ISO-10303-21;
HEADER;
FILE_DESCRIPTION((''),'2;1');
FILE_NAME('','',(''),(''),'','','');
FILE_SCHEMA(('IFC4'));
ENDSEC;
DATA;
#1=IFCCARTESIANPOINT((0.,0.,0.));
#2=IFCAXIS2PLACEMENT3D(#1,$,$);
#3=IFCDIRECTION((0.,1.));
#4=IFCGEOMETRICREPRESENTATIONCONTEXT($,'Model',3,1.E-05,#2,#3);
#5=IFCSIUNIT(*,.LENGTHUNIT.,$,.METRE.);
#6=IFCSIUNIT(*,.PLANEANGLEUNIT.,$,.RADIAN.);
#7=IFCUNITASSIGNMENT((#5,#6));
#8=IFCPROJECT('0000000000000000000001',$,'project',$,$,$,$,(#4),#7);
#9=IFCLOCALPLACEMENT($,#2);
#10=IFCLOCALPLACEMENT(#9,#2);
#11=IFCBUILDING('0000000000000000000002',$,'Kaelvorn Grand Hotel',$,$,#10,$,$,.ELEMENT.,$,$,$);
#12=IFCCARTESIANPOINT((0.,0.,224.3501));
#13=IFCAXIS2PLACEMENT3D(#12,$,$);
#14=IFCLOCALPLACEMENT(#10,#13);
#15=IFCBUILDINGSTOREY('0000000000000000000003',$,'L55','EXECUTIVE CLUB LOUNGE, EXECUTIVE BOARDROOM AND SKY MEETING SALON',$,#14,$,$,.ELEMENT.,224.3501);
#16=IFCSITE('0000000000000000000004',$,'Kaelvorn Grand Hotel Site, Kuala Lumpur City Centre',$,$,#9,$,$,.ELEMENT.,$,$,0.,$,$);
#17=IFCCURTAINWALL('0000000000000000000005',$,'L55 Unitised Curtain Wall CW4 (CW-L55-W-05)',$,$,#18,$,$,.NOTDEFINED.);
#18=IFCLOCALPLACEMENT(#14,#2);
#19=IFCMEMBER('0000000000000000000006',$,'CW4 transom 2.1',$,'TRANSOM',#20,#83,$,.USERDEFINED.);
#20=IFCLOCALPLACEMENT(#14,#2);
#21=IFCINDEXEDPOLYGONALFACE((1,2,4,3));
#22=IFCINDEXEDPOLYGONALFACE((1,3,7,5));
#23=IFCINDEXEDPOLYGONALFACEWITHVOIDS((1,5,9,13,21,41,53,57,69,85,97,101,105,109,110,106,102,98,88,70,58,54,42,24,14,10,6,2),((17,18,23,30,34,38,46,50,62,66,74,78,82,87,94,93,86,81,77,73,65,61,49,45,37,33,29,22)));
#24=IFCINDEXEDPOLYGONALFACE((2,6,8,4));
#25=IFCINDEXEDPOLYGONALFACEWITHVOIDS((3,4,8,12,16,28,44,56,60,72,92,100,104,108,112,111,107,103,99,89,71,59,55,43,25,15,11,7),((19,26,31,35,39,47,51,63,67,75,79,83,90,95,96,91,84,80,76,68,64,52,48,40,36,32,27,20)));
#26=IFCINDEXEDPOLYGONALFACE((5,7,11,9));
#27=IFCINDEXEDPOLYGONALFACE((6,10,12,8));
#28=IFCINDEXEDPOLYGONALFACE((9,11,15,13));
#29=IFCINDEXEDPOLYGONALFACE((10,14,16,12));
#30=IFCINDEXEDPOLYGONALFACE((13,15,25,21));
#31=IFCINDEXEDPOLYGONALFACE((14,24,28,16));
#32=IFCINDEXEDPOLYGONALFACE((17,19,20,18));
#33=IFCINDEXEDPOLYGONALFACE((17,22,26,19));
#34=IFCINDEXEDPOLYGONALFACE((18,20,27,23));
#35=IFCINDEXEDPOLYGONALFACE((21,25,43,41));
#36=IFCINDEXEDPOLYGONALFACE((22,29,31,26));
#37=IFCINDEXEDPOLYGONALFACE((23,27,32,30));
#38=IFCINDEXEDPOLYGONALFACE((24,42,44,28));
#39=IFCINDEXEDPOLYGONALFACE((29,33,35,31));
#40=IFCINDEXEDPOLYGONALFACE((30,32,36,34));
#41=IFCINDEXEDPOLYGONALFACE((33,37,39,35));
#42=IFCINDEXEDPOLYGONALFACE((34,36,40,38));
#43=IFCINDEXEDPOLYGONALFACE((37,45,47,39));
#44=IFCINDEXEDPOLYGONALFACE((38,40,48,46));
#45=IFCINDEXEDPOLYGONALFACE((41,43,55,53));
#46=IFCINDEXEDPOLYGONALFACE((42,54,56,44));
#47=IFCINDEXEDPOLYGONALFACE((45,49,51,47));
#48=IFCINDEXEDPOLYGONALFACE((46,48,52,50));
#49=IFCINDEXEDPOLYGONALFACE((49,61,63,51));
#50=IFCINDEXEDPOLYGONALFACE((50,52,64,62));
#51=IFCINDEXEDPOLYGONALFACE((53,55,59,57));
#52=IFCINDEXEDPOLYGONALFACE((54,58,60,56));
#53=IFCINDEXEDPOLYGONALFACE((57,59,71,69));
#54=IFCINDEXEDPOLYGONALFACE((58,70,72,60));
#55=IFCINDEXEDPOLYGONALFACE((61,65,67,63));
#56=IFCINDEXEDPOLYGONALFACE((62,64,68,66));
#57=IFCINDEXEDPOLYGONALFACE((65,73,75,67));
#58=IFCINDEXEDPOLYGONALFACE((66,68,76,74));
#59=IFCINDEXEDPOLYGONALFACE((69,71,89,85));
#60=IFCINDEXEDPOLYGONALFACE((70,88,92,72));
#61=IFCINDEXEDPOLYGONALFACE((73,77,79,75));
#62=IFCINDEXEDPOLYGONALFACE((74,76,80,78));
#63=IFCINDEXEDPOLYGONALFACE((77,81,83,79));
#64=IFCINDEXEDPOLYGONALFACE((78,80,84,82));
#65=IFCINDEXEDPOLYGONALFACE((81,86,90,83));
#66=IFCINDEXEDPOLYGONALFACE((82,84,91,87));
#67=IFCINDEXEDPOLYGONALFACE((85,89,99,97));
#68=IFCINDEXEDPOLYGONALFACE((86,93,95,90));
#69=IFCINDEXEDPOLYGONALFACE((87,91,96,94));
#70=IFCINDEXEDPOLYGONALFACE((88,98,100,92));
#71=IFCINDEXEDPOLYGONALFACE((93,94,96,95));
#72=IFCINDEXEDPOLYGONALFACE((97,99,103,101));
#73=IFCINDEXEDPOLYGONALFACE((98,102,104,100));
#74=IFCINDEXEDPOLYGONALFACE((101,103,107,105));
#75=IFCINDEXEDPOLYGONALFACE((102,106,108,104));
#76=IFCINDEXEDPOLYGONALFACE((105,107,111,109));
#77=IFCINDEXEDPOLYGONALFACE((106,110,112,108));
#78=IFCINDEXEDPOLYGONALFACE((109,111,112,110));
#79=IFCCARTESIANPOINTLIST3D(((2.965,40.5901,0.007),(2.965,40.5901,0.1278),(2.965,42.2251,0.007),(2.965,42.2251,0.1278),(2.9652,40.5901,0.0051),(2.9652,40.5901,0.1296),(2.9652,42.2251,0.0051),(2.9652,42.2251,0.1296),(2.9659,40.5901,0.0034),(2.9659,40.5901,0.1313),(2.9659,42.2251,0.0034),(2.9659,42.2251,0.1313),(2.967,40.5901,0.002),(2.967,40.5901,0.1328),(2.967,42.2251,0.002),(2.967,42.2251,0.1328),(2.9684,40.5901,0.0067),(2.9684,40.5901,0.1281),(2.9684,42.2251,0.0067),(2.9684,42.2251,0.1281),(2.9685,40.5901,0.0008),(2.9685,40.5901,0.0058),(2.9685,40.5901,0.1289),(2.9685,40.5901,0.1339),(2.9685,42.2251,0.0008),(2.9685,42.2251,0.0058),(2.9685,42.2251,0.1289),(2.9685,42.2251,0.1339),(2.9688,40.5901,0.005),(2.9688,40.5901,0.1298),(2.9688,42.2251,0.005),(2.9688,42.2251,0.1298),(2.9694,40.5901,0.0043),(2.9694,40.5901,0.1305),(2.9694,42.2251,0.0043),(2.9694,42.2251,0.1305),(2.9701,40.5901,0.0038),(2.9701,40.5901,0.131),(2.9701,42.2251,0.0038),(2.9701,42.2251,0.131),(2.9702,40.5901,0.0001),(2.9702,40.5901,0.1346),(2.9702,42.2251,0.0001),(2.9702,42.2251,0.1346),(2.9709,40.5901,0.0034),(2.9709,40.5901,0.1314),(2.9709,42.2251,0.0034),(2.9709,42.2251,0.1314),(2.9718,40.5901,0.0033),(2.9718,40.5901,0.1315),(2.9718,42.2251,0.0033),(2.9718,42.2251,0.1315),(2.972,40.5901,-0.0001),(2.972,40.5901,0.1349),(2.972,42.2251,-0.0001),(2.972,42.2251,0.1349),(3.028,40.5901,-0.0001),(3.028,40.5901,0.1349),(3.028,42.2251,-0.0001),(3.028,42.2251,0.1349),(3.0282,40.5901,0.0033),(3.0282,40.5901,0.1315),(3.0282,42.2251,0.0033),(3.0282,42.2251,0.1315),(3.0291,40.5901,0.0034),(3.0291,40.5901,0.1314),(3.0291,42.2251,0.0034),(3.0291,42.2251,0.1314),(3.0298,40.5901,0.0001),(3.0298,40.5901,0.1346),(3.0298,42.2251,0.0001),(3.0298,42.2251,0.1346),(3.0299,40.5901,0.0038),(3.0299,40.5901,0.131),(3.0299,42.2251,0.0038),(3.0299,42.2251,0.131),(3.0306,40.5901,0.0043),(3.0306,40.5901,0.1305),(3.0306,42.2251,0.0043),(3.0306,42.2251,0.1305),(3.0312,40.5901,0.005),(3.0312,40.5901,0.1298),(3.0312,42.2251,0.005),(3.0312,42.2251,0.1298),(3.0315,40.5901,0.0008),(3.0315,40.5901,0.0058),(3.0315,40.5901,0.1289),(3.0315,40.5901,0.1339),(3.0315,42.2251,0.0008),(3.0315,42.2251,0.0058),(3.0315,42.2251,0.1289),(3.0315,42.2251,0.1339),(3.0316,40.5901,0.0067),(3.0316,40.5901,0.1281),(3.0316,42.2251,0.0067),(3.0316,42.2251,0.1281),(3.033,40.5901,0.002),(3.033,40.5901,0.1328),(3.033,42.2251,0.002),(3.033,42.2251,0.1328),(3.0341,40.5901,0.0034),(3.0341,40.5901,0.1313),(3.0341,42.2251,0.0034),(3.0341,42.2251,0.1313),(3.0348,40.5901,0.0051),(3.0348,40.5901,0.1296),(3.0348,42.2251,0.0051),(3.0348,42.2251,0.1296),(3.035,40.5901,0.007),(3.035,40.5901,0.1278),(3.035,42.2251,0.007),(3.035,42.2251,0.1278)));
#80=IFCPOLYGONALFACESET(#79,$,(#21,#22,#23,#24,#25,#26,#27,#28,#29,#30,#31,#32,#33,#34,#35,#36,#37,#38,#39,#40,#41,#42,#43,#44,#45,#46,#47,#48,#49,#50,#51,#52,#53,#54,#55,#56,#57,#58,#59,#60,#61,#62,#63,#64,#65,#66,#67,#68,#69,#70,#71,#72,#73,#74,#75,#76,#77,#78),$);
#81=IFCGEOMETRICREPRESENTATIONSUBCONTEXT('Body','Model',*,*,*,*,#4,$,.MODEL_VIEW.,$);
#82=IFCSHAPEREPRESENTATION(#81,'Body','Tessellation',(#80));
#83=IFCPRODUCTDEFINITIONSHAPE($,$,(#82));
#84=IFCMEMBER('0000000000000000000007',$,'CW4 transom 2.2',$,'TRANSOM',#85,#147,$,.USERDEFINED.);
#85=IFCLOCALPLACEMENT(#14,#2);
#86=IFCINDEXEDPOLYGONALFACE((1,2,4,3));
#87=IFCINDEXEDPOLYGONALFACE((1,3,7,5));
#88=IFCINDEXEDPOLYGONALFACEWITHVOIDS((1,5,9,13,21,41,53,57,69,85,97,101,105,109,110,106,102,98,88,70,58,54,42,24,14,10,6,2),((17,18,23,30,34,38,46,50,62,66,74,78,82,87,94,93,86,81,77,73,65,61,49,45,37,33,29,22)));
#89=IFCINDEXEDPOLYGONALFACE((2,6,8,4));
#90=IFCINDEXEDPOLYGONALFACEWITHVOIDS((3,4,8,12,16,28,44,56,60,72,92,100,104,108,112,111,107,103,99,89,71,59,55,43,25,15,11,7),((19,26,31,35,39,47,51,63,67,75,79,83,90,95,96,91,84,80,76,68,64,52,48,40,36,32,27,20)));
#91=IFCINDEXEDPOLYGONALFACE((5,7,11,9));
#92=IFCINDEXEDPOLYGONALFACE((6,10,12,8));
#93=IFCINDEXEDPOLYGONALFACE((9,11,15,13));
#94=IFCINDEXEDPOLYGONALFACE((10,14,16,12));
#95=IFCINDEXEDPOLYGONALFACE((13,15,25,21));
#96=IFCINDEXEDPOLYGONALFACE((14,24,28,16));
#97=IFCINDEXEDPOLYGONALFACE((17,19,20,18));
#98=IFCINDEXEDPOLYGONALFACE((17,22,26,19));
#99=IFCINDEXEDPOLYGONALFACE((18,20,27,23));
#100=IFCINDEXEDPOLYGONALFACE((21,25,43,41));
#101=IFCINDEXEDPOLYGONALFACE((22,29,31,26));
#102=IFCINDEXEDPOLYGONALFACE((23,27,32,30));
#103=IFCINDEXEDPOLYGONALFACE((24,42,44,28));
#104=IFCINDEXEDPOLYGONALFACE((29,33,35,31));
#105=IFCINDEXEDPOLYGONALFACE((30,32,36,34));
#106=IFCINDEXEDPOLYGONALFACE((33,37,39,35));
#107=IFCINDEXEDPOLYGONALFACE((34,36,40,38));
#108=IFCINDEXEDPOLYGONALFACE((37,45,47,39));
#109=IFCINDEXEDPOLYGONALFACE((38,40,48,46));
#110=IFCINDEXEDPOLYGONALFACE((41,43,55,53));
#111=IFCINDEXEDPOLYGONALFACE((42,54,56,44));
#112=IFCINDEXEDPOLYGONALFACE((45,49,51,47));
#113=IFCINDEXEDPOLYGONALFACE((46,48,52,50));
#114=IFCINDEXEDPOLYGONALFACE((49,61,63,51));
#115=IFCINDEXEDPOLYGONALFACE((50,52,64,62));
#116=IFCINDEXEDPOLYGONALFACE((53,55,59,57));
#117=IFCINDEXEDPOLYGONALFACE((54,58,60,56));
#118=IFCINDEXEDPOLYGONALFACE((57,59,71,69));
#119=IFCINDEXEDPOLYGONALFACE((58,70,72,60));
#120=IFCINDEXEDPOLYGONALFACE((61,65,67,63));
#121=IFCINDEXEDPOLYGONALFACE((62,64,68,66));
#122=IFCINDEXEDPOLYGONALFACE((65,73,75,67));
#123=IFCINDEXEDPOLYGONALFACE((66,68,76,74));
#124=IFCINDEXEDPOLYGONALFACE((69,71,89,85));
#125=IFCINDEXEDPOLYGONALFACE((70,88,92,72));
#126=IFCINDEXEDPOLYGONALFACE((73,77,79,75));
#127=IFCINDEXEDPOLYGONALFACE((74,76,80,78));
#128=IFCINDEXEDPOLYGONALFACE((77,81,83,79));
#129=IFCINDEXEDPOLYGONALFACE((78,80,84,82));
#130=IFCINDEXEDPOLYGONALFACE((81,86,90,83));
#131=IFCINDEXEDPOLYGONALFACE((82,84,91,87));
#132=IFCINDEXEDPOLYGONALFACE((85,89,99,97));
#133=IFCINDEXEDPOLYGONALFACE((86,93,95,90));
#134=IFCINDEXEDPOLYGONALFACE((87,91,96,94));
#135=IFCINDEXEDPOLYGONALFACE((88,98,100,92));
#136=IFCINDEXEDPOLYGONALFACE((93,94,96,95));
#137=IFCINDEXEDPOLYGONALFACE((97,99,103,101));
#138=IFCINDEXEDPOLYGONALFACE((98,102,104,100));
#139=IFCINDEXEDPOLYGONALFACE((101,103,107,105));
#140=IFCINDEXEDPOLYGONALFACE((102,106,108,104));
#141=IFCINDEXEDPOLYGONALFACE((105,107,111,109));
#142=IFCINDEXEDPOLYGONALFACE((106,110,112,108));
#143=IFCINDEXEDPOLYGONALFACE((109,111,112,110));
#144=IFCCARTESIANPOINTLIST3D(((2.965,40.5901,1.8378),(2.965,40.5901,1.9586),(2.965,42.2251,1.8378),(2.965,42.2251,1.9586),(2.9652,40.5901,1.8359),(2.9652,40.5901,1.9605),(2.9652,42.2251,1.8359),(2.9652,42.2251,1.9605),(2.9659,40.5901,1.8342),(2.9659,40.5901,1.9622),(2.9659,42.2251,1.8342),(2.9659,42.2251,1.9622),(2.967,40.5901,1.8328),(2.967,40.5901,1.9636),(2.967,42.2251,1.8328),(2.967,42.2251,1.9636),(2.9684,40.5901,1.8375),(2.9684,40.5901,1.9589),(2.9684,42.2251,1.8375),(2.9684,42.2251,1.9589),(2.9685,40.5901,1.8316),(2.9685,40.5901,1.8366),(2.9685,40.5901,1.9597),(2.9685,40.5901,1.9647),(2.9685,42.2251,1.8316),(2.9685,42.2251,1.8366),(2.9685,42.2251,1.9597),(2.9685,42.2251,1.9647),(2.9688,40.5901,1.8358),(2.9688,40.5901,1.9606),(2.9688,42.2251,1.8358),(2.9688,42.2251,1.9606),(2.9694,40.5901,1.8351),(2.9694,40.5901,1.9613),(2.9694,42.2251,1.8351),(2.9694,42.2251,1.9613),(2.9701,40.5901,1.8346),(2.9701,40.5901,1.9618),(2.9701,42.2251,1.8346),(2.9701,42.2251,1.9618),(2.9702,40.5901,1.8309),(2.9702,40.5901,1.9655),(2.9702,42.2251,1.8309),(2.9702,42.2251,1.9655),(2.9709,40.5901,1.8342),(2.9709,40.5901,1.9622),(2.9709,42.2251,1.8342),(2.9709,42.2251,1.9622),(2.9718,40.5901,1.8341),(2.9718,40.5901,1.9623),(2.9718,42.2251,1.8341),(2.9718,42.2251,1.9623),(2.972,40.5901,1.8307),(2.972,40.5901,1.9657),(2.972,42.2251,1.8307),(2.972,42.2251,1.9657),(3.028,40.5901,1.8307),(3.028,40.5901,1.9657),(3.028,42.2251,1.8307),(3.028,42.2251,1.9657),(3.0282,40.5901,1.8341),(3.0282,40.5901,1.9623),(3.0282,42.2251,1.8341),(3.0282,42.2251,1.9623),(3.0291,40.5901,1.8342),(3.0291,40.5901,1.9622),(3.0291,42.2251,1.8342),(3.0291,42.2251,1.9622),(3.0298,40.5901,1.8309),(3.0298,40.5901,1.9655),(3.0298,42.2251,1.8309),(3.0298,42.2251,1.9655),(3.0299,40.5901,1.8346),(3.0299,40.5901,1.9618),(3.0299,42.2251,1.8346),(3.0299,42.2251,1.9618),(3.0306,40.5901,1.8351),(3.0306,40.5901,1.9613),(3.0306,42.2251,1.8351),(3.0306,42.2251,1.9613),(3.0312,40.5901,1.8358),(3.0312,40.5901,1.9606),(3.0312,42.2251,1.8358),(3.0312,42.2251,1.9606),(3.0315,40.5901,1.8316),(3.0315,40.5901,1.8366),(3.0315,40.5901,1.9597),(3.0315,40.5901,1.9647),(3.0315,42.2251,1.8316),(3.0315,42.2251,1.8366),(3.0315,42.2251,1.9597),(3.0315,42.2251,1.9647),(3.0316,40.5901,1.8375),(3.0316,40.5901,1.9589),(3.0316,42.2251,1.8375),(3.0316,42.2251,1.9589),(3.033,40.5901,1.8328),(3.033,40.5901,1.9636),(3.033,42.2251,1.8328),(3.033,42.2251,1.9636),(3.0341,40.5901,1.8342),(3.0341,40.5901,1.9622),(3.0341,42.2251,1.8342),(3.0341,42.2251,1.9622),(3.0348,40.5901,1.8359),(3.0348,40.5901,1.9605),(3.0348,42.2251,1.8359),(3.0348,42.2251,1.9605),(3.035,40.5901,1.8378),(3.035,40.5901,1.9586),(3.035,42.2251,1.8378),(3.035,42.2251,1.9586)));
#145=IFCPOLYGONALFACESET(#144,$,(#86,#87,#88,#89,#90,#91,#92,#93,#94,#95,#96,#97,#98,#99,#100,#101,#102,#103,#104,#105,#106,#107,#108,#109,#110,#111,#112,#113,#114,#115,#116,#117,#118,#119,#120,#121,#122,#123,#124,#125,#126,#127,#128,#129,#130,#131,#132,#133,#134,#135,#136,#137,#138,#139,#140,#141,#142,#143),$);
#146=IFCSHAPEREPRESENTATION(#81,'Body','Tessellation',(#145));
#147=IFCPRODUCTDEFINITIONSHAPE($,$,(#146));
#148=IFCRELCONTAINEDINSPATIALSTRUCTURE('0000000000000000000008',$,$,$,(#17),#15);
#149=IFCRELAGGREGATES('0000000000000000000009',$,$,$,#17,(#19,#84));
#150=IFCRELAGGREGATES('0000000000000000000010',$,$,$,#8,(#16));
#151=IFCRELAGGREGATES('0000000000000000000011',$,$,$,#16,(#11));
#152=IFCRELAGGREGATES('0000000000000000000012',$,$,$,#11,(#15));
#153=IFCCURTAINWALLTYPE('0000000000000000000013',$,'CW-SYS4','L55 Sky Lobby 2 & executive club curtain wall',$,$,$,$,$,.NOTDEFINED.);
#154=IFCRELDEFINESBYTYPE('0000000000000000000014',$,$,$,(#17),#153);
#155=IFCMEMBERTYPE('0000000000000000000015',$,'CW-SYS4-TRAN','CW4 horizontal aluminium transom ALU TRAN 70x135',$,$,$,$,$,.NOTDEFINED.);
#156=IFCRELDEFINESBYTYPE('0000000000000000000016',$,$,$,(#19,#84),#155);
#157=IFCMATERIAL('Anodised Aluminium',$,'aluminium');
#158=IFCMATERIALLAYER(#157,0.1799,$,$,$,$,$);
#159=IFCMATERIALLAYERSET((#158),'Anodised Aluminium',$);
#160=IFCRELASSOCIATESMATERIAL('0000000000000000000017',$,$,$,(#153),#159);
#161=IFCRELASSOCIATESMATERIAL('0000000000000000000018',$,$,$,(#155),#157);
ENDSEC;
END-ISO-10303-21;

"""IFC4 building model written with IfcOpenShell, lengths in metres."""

from ifc_helpers import new_model, si_unit, direction, frame, origin, origin_2d, place, context, subcontext, project, spatial, hollow_rectangle, extrude, material, layer, layer_set, material_profile, profile_set, type_object, element, aggregate, save


model = new_model("IFC4")

# Units and contexts
model_context = context("Model", 3, precision=1e-05, world=origin(), true_north=direction((0.0, 1.0)))
body_context = subcontext(model_context, "Body", "Model", "MODEL_VIEW")
ifc_project = project(units=[si_unit("LENGTHUNIT", "METRE"), si_unit("PLANEANGLEUNIT", "RADIAN")], contexts=[model_context])

# Site, building, storey
site_placement = place(None, origin())
site = spatial("IfcSite", under=ifc_project, at=site_placement, Name="Kaelvorn Grand Hotel Site, Kuala Lumpur City Centre", CompositionType="ELEMENT", RefElevation=0.0)
building_placement = place(site_placement, origin())
building = spatial("IfcBuilding", under=site, at=building_placement, Name="Kaelvorn Grand Hotel", CompositionType="ELEMENT")
storey_placement = place(building_placement, frame((0.0, 0.0, 224.3501)))
storey = spatial("IfcBuildingStorey", under=building, at=storey_placement, Name="L55", Description="EXECUTIVE CLUB LOUNGE, EXECUTIVE BOARDROOM AND SKY MEETING SALON", CompositionType="ELEMENT", Elevation=224.3501)

# Curtain wall
ifc_material_1 = material(Name="Anodised Aluminium", Category="aluminium")
ifc_layer_1 = layer(ifc_material_1, 0.1799)
ifc_layer_set_1 = layer_set([ifc_layer_1], Name="Anodised Aluminium")
curtain_wall_type = type_object("IfcCurtainWallType", Name="CW-SYS4", Description="L55 Sky Lobby 2 & executive club curtain wall", PredefinedType="NOTDEFINED", material=ifc_layer_set_1)
curtain_wall_1_placement = place(storey_placement, origin())
curtain_wall_1 = element("IfcCurtainWall", 1, at=curtain_wall_1_placement, inside=storey, type_object=curtain_wall_type, Name="L55 Unitised Curtain Wall CW4 (CW-L55-W-05)", PredefinedType="NOTDEFINED")

# Members
ifc_material_profile_1 = material_profile(ifc_material_1, hollow_rectangle(XDim=0.0701, YDim=0.135, WallThickness=0.0034, InnerFilletRadius=0.0034, OuterFilletRadius=0.0071, at=origin_2d()), Name="ALU TRAN 70x135")
ifc_profile_set_1 = profile_set([ifc_material_profile_1], Name="Anodised Aluminium")
member_type_1 = type_object("IfcMemberType", Name="CW-SYS4-TRAN", Description="CW4 horizontal aluminium transom ALU TRAN 70x135", PredefinedType="NOTDEFINED", material=ifc_profile_set_1)
member_1_placement = place(storey_placement, frame((3.0, 42.2251, 0.0674), z_axis=(0.0, -1.0, 0.0), x_axis=(1.0, 0.0, 0.0)))
member_1 = element("IfcMember", 2, at=member_1_placement, type_object=member_type_1, Name="CW4 transom 2.1", ObjectType="TRANSOM", PredefinedType="USERDEFINED", context=body_context, shape_type="SweptSolid", body=[
    extrude(hollow_rectangle(XDim=0.0701, YDim=0.135, WallThickness=0.0034, InnerFilletRadius=0.0034, OuterFilletRadius=0.0071, at=origin_2d()), origin(), (0.0, 0.0, 1.0), 1.635),
])
member_2_placement = place(storey_placement, frame((3.0, 42.2251, 1.8982), z_axis=(0.0, -1.0, 0.0), x_axis=(1.0, 0.0, 0.0)))
member_2 = element("IfcMember", 3, at=member_2_placement, type_object=member_type_1, Name="CW4 transom 2.2", ObjectType="TRANSOM", PredefinedType="USERDEFINED", context=body_context, shape_type="SweptSolid", body=[
    extrude(hollow_rectangle(XDim=0.0701, YDim=0.135, WallThickness=0.0034, InnerFilletRadius=0.0034, OuterFilletRadius=0.0071, at=origin_2d()), origin(), (0.0, 0.0, 1.0), 1.635),
])

aggregate(curtain_wall_1, [member_1, member_2])

save(model, "model.ifc")
